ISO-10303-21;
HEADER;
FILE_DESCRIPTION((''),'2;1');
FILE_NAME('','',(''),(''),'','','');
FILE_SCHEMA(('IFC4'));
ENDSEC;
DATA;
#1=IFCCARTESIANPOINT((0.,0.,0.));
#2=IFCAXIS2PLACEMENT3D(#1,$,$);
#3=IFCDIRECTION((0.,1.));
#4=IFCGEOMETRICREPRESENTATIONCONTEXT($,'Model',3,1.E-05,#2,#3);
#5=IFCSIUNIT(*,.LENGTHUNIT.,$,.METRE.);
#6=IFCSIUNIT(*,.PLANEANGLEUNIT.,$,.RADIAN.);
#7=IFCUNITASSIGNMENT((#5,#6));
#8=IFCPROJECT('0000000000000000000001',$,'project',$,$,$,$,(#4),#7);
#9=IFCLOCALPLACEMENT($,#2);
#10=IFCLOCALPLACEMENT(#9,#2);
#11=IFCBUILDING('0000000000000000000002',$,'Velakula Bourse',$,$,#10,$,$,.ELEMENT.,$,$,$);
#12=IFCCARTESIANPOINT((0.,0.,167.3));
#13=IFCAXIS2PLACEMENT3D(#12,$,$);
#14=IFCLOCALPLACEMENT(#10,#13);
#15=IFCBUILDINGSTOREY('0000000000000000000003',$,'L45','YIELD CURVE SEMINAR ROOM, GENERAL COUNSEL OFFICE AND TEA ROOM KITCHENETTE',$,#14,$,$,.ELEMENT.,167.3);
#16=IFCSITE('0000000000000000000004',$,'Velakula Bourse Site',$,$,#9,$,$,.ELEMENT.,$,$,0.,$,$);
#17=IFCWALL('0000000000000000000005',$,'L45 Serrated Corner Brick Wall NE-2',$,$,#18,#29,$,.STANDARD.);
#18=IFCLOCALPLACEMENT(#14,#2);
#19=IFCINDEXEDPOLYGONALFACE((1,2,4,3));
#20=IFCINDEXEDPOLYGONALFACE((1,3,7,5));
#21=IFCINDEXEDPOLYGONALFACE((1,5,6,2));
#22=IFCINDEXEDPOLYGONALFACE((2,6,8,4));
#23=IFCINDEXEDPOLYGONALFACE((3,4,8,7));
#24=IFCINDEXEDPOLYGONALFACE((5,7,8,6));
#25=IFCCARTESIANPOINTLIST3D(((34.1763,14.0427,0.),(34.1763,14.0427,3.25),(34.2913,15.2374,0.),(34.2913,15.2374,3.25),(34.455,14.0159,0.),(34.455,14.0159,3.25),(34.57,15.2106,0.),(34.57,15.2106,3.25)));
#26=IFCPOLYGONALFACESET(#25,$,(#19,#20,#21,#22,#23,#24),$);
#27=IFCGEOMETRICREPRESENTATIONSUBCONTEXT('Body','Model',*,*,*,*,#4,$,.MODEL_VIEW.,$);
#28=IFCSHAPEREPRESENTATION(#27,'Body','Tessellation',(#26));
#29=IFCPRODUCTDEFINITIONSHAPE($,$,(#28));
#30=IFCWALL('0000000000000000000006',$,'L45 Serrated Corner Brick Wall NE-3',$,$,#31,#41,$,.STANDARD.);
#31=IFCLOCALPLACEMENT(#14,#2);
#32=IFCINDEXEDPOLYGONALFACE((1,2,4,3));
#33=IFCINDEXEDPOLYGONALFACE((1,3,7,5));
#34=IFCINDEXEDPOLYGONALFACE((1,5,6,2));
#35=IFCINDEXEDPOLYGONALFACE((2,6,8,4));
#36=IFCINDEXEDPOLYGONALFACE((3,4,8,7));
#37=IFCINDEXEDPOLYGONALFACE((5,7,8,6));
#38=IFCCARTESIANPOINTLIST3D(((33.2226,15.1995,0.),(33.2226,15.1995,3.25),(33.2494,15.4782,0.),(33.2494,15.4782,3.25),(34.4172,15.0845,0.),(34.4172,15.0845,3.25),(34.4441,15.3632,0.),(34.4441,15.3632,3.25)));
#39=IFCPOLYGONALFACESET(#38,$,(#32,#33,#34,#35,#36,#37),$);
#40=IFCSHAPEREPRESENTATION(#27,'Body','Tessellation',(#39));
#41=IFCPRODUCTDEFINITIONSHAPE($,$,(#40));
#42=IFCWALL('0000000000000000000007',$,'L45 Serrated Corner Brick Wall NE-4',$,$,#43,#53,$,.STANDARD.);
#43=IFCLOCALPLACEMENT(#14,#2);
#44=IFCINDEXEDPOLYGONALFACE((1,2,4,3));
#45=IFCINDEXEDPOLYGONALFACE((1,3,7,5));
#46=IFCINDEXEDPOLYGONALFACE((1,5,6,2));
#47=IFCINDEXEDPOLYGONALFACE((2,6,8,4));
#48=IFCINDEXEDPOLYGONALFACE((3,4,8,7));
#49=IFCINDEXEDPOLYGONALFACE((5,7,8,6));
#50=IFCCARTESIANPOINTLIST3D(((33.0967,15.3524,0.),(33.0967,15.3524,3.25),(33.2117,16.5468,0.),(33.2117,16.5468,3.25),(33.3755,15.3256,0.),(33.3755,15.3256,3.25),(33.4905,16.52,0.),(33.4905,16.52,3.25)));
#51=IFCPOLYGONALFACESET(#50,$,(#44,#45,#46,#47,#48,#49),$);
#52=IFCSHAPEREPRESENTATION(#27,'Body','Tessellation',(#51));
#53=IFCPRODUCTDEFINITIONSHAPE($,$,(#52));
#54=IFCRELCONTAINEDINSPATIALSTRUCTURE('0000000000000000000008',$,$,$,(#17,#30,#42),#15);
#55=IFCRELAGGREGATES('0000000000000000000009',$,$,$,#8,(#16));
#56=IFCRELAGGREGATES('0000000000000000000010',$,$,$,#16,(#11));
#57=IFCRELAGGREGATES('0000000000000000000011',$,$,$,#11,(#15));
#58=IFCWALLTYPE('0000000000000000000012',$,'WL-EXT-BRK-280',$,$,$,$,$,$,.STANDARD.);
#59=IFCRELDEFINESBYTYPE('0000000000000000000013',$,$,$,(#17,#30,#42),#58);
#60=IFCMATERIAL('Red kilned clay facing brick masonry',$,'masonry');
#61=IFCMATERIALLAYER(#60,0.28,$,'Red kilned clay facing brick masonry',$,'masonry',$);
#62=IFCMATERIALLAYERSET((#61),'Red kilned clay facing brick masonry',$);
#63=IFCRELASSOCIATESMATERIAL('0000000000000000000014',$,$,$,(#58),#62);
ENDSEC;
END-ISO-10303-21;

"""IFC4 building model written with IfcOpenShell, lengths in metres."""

from ifc_helpers import new_model, si_unit, direction, frame, frame_2d, origin, place, context, subcontext, project, spatial, rectangle, extrude, material, layer, layer_set, type_object, element, save


model = new_model("IFC4")

# Units and contexts
model_context = context("Model", 3, precision=1e-05, world=origin(), true_north=direction((0.0, 1.0)))
body_context = subcontext(model_context, "Body", "Model", "MODEL_VIEW")
ifc_project = project(units=[si_unit("LENGTHUNIT", "METRE"), si_unit("PLANEANGLEUNIT", "RADIAN")], contexts=[model_context])

# Site, building, storey
site_placement = place(None, origin())
site = spatial("IfcSite", under=ifc_project, at=site_placement, Name="Velakula Bourse Site", CompositionType="ELEMENT", RefElevation=0.0)
building_placement = place(site_placement, origin())
building = spatial("IfcBuilding", under=site, at=building_placement, Name="Velakula Bourse", CompositionType="ELEMENT")
storey_placement = place(building_placement, frame((0.0, 0.0, 167.3)))
storey = spatial("IfcBuildingStorey", under=building, at=storey_placement, Name="L45", Description="YIELD CURVE SEMINAR ROOM, GENERAL COUNSEL OFFICE AND TEA ROOM KITCHENETTE", CompositionType="ELEMENT", Elevation=167.3)

# Shared definitions
ifc_material_1 = material(Name="Red kilned clay facing brick masonry", Category="masonry")
ifc_layer = layer(ifc_material_1, 0.28, Name="Red kilned clay facing brick masonry", Category="masonry")
ifc_layer_set = layer_set([ifc_layer], Name="Red kilned clay facing brick masonry")
wall_type = type_object("IfcWallType", Name="WL-EXT-BRK-280", PredefinedType="STANDARD", material=ifc_layer_set)

# Walls
for number, where, z_axis, x_axis, name in (
    (1, (34.3157, 14.0293, 0.0), (0.0, 0.0, 1.0), (0.095817, 0.995399, 0.0), "L45 Serrated Corner Brick Wall NE-2"),
    (2, (34.4307, 15.2239, 0.0), (0.0, 0.0, 1.0), (-0.995399, 0.095817, 0.0), "L45 Serrated Corner Brick Wall NE-3"),
):
    element("IfcWall", number, at=place(storey_placement, frame(where, z_axis=z_axis, x_axis=x_axis)), inside=storey, type_object=wall_type, Name=name, PredefinedType="STANDARD", context=body_context, shape_type="SweptSolid", body=[
        extrude(rectangle(XDim=1.2002, YDim=0.28, at=frame_2d((0.6001, 0.0))), origin(), (0.0, 0.0, 1.0), 3.25),
    ])
wall_1_placement = place(storey_placement, frame((33.2361, 15.3389, 0.0), z_axis=(0.0, 0.0, 1.0), x_axis=(0.095836, 0.995397, 0.0)))
element("IfcWall", 3, at=wall_1_placement, inside=storey, type_object=wall_type, Name="L45 Serrated Corner Brick Wall NE-4", PredefinedType="STANDARD", context=body_context, shape_type="SweptSolid", body=[
    extrude(rectangle(XDim=1.2, YDim=0.28, at=frame_2d((0.6001, 0.0))), origin(), (0.0, 0.0, 1.0), 3.25),
])

save(model, "model.ifc")
